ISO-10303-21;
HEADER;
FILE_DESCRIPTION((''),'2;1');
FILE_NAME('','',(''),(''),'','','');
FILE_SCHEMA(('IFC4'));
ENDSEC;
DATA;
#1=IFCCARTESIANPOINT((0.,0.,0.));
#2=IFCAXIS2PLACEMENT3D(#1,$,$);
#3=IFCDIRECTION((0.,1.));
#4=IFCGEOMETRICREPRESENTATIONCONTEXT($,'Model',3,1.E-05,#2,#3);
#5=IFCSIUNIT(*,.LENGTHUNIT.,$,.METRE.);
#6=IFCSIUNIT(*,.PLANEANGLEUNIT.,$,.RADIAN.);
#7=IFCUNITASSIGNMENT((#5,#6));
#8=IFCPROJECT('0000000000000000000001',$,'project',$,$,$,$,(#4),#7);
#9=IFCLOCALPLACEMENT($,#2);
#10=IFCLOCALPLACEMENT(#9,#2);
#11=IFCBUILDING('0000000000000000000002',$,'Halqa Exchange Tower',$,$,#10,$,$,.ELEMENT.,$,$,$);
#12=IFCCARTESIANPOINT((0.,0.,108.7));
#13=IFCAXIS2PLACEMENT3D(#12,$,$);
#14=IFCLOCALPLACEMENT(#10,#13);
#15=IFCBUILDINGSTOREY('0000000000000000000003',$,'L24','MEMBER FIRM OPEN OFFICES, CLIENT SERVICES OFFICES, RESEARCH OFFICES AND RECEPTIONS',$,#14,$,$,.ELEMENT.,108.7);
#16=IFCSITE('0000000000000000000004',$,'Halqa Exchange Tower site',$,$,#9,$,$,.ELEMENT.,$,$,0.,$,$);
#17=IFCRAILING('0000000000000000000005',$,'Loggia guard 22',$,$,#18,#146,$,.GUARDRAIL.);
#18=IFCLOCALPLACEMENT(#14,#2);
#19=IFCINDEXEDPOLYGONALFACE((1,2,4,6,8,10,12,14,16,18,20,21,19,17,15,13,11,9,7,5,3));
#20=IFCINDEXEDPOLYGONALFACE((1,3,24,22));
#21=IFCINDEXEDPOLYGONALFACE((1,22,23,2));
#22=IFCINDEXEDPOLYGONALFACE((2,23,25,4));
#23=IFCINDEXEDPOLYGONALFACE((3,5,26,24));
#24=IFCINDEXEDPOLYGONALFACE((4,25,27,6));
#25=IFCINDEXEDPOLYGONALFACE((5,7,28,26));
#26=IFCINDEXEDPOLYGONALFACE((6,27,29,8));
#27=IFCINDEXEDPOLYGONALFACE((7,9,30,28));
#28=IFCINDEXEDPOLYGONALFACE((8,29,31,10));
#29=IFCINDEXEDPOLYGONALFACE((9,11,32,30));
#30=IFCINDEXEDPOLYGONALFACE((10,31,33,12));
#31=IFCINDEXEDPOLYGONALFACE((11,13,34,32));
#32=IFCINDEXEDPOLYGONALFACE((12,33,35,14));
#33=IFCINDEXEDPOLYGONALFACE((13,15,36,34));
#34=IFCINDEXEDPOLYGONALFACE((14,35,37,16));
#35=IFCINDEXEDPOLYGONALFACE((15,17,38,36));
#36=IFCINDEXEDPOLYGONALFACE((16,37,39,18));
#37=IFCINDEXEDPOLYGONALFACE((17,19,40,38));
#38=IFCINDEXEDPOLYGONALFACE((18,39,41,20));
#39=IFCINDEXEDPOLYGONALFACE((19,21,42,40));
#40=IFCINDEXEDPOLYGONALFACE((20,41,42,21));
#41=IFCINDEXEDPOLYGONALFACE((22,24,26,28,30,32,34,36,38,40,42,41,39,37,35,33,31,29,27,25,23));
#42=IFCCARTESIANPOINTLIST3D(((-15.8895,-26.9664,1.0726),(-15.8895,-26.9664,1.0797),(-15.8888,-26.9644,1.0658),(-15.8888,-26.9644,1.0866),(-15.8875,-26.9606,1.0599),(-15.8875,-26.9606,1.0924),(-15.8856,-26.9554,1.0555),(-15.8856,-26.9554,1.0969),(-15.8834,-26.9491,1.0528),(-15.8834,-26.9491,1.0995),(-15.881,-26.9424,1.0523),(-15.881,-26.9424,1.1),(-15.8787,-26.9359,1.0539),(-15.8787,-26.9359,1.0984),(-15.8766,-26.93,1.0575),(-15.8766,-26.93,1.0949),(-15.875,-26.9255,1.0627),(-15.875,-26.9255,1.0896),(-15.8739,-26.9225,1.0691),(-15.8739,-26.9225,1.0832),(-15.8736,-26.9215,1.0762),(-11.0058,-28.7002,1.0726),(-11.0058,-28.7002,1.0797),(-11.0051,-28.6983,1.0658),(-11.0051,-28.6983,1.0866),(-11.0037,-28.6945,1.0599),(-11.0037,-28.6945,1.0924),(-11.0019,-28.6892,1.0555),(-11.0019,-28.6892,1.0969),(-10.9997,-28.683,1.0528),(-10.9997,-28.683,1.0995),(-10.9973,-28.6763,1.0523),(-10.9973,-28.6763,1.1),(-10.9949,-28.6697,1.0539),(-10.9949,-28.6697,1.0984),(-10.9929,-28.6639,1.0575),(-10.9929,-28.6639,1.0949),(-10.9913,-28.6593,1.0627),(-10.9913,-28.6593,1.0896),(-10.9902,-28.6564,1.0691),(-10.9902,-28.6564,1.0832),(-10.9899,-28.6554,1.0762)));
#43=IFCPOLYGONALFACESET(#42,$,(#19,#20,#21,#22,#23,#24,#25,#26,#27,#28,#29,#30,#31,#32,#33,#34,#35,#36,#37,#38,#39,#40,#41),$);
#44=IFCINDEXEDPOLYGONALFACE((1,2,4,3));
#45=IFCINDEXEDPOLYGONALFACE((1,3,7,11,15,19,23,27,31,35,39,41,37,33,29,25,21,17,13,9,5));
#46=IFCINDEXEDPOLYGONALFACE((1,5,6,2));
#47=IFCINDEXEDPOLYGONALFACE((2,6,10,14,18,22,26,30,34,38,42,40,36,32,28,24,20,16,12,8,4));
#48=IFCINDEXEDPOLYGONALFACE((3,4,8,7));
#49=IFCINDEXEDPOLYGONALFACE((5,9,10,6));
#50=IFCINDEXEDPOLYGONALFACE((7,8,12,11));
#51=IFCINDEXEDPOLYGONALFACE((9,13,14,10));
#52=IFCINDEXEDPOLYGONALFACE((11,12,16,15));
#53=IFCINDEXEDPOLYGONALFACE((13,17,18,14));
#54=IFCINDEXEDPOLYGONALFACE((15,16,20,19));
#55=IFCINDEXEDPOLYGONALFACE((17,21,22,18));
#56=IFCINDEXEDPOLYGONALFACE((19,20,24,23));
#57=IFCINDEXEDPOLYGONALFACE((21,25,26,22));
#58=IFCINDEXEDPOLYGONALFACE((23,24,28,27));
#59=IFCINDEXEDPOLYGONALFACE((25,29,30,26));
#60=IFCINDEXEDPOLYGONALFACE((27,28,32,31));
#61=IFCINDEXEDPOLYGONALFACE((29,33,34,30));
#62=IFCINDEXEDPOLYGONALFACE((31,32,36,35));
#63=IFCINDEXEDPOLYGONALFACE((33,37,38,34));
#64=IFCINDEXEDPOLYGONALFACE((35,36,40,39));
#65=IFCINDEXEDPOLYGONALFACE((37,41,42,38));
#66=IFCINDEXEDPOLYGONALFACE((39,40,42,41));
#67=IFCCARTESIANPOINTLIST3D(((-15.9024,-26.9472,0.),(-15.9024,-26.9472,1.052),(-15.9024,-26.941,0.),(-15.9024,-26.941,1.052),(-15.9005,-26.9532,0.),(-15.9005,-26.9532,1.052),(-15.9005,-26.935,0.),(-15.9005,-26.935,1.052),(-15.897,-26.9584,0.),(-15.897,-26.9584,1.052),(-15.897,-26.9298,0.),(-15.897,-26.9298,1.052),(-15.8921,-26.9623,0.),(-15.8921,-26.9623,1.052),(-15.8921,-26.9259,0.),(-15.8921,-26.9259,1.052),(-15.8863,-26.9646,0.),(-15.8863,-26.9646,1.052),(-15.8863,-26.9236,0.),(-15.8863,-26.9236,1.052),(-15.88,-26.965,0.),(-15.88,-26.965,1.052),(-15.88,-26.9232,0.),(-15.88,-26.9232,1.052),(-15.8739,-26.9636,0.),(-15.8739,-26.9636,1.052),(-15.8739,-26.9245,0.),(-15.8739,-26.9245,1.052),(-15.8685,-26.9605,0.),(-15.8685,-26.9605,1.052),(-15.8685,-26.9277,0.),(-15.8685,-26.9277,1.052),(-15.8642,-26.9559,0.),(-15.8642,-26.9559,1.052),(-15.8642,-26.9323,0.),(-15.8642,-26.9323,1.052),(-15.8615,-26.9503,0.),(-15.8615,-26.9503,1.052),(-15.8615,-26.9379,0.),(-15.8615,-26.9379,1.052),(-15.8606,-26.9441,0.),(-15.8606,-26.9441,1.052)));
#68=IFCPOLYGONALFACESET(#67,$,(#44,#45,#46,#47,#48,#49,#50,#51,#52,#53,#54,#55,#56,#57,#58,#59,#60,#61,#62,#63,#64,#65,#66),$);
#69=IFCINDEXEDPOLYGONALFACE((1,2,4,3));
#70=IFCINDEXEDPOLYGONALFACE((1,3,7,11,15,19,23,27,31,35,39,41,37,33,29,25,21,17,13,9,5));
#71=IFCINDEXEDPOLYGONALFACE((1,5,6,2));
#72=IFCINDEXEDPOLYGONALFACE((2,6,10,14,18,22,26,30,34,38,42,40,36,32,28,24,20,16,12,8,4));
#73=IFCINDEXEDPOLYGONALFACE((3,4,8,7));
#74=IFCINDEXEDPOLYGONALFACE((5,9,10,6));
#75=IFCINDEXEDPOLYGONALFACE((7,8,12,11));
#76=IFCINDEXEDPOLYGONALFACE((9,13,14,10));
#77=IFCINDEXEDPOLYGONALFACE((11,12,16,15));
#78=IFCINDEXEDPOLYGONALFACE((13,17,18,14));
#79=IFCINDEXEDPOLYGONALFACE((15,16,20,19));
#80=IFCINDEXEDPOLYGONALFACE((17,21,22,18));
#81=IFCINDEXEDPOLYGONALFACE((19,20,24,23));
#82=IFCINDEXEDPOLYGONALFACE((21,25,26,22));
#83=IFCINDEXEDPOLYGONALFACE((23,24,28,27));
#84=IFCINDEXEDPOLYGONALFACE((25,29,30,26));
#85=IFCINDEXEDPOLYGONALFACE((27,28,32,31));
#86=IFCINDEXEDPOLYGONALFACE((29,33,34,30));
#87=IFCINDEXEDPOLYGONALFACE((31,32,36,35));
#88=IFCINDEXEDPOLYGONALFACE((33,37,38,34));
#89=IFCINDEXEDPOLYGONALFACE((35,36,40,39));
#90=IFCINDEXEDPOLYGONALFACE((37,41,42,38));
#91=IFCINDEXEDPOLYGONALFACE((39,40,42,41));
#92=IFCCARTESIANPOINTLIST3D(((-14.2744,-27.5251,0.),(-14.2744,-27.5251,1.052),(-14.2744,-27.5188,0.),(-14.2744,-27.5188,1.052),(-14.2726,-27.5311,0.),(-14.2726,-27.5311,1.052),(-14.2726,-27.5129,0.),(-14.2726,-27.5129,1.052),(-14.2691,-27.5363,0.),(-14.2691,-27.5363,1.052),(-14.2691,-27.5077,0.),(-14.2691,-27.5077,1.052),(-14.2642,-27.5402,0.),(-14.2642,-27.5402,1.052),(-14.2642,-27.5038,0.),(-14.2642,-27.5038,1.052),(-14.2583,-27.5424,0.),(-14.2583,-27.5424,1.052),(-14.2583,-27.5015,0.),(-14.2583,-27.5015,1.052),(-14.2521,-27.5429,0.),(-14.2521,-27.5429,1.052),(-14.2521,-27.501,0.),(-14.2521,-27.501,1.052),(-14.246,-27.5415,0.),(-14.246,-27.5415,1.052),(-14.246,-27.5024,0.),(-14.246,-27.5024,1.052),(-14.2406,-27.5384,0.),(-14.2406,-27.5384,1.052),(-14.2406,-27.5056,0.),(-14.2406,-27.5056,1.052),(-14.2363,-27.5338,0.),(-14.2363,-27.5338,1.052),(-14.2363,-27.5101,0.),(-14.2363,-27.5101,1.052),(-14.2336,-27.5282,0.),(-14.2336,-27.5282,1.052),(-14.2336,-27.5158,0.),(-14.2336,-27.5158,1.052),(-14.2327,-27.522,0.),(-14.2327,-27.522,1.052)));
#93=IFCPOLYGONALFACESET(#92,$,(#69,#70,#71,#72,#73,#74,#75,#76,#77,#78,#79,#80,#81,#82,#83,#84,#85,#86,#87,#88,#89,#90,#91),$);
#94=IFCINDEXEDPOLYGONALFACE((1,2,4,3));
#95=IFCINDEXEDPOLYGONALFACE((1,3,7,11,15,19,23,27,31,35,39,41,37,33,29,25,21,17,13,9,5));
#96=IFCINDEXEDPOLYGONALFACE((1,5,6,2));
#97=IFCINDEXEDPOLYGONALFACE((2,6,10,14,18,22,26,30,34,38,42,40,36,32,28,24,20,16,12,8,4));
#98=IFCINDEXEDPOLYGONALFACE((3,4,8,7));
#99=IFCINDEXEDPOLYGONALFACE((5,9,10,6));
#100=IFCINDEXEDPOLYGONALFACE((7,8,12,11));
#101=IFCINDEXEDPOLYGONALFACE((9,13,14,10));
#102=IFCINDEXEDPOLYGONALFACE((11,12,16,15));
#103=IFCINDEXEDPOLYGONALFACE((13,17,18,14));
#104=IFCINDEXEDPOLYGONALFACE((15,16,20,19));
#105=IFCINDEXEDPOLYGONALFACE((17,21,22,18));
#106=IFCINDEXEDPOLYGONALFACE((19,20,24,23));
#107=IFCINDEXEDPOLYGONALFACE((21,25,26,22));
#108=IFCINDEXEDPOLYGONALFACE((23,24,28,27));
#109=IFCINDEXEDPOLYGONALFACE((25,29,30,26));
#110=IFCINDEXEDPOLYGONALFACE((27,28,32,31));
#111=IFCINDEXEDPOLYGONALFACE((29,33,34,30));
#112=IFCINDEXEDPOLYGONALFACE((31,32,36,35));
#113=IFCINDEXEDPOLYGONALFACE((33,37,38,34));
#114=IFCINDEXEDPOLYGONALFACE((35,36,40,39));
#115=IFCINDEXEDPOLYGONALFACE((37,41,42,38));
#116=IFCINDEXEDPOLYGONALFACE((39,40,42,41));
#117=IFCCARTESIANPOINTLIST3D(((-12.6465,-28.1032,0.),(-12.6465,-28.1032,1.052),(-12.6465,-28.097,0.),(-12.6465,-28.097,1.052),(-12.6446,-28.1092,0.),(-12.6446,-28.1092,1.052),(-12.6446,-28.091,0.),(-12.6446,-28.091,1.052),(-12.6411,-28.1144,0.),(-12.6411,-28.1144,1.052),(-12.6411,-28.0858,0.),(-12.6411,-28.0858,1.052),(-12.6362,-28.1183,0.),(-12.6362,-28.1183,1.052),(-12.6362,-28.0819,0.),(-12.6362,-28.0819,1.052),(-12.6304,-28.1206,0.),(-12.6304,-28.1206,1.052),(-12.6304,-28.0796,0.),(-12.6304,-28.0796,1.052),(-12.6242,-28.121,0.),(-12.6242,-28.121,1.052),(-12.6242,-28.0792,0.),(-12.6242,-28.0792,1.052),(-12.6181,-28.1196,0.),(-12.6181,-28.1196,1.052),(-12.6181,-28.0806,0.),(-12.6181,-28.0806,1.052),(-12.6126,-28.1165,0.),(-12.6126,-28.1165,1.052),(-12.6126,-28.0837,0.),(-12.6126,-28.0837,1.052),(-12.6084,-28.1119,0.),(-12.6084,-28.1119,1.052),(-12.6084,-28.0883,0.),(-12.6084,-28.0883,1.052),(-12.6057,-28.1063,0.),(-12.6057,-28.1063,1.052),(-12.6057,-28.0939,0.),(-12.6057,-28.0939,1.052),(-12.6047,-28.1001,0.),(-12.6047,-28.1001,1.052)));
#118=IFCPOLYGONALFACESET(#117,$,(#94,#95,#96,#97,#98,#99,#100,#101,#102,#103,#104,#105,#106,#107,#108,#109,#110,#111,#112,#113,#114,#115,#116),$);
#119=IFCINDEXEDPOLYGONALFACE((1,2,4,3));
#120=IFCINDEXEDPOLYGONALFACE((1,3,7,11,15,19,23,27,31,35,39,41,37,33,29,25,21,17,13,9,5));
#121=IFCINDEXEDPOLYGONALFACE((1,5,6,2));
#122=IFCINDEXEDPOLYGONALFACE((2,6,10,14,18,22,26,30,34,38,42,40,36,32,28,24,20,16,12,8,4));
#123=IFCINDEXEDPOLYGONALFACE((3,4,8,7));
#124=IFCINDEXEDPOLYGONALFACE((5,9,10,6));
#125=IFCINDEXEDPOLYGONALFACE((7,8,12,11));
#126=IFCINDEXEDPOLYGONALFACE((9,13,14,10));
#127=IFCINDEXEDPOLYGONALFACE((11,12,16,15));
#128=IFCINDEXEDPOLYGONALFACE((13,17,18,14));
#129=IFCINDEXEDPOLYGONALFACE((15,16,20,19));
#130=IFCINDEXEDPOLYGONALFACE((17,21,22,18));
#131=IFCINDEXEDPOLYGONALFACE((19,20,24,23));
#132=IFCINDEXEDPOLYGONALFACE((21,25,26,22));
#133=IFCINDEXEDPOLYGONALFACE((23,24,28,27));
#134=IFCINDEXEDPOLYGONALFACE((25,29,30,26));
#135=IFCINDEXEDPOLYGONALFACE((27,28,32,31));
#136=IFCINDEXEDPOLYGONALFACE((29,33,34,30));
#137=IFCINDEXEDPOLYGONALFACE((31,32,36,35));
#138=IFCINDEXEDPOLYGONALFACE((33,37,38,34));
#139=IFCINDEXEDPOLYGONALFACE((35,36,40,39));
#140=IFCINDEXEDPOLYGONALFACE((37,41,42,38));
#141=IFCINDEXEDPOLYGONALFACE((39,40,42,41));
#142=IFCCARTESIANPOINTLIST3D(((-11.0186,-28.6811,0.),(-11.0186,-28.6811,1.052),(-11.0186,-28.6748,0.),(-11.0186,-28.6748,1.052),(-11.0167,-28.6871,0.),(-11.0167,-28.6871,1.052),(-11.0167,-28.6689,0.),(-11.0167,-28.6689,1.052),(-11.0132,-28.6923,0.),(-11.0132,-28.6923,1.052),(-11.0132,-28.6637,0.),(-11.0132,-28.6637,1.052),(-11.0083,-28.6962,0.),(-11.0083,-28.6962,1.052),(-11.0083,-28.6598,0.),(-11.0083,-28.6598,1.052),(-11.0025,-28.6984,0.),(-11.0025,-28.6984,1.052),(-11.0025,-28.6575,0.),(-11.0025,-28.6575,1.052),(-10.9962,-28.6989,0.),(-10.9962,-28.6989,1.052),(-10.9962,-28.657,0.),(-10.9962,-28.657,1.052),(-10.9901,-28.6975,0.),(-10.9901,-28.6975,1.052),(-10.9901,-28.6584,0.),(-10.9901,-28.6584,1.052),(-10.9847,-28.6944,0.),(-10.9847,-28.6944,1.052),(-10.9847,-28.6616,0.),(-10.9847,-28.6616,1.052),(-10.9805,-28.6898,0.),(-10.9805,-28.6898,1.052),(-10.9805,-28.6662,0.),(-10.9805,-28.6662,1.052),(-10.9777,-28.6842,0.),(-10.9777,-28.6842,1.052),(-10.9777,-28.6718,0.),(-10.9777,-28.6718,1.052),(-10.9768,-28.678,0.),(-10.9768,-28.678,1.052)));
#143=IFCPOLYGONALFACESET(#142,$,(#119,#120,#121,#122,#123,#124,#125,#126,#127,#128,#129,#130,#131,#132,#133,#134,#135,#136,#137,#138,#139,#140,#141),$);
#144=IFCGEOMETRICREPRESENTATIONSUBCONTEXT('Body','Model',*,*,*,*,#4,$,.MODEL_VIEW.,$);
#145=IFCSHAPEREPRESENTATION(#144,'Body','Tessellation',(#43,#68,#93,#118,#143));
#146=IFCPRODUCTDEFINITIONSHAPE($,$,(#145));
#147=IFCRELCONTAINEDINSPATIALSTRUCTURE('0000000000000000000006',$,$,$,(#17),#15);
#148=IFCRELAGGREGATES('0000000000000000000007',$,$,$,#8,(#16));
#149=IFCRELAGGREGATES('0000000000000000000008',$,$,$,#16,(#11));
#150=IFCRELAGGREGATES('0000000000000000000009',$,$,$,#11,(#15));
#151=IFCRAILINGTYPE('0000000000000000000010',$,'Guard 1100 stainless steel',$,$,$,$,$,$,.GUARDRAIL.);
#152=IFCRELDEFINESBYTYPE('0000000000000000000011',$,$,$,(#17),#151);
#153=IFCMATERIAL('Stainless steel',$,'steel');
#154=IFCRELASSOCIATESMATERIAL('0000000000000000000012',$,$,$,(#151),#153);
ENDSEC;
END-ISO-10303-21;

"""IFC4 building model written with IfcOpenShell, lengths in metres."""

from ifc_helpers import new_model, si_unit, direction, frame, origin, origin_2d, place, context, subcontext, project, spatial, circle, extrude, material, type_object, element, save


model = new_model("IFC4")

# Units and contexts
model_context = context("Model", 3, precision=1e-05, world=origin(), true_north=direction((0.0, 1.0)))
body_context = subcontext(model_context, "Body", "Model", "MODEL_VIEW")
ifc_project = project(units=[si_unit("LENGTHUNIT", "METRE"), si_unit("PLANEANGLEUNIT", "RADIAN")], contexts=[model_context])

# Site, building, storey
site_placement = place(None, origin())
site = spatial("IfcSite", under=ifc_project, at=site_placement, Name="Halqa Exchange Tower site", CompositionType="ELEMENT", RefElevation=0.0)
building_placement = place(site_placement, origin())
building = spatial("IfcBuilding", under=site, at=building_placement, Name="Halqa Exchange Tower", CompositionType="ELEMENT")
storey_placement = place(building_placement, frame((0.0, 0.0, 108.7)))
storey = spatial("IfcBuildingStorey", under=building, at=storey_placement, Name="L24", Description="MEMBER FIRM OPEN OFFICES, CLIENT SERVICES OFFICES, RESEARCH OFFICES AND RECEPTIONS", CompositionType="ELEMENT", Elevation=108.7)

# Railing
ifc_material_1 = material(Name="Stainless steel", Category="steel")
railing_type = type_object("IfcRailingType", Name="Guard 1100 stainless steel", PredefinedType="GUARDRAIL", material=ifc_material_1)
railing_1_placement = place(storey_placement, frame((-15.8816, -26.9441, 0.0)))
element("IfcRailing", 1, at=railing_1_placement, inside=storey, type_object=railing_type, Name="Loggia guard 22", PredefinedType="GUARDRAIL", context=body_context, shape_type="SweptSolid", body=[
    extrude(circle(Radius=0.0239, at=origin_2d()), frame((0.0, 0.0, 1.0762), z_axis=(0.942371, -0.334569, 0.0), x_axis=(0.334569, 0.942371, 0.0)), (0.0, 0.0, 1.0), 5.1824),
    extrude(circle(Radius=0.021, at=origin_2d()), origin(), (0.0, 0.0, 1.0), 1.052),
    extrude(circle(Radius=0.021, at=origin_2d()), frame((1.6279, -0.5779, 0.0)), (0.0, 0.0, 1.0), 1.052),
    extrude(circle(Radius=0.021, at=origin_2d()), frame((3.2559, -1.156, 0.0)), (0.0, 0.0, 1.0), 1.052),
    extrude(circle(Radius=0.021, at=origin_2d()), frame((4.8838, -1.7339, 0.0)), (0.0, 0.0, 1.0), 1.052),
])

save(model, "model.ifc")
